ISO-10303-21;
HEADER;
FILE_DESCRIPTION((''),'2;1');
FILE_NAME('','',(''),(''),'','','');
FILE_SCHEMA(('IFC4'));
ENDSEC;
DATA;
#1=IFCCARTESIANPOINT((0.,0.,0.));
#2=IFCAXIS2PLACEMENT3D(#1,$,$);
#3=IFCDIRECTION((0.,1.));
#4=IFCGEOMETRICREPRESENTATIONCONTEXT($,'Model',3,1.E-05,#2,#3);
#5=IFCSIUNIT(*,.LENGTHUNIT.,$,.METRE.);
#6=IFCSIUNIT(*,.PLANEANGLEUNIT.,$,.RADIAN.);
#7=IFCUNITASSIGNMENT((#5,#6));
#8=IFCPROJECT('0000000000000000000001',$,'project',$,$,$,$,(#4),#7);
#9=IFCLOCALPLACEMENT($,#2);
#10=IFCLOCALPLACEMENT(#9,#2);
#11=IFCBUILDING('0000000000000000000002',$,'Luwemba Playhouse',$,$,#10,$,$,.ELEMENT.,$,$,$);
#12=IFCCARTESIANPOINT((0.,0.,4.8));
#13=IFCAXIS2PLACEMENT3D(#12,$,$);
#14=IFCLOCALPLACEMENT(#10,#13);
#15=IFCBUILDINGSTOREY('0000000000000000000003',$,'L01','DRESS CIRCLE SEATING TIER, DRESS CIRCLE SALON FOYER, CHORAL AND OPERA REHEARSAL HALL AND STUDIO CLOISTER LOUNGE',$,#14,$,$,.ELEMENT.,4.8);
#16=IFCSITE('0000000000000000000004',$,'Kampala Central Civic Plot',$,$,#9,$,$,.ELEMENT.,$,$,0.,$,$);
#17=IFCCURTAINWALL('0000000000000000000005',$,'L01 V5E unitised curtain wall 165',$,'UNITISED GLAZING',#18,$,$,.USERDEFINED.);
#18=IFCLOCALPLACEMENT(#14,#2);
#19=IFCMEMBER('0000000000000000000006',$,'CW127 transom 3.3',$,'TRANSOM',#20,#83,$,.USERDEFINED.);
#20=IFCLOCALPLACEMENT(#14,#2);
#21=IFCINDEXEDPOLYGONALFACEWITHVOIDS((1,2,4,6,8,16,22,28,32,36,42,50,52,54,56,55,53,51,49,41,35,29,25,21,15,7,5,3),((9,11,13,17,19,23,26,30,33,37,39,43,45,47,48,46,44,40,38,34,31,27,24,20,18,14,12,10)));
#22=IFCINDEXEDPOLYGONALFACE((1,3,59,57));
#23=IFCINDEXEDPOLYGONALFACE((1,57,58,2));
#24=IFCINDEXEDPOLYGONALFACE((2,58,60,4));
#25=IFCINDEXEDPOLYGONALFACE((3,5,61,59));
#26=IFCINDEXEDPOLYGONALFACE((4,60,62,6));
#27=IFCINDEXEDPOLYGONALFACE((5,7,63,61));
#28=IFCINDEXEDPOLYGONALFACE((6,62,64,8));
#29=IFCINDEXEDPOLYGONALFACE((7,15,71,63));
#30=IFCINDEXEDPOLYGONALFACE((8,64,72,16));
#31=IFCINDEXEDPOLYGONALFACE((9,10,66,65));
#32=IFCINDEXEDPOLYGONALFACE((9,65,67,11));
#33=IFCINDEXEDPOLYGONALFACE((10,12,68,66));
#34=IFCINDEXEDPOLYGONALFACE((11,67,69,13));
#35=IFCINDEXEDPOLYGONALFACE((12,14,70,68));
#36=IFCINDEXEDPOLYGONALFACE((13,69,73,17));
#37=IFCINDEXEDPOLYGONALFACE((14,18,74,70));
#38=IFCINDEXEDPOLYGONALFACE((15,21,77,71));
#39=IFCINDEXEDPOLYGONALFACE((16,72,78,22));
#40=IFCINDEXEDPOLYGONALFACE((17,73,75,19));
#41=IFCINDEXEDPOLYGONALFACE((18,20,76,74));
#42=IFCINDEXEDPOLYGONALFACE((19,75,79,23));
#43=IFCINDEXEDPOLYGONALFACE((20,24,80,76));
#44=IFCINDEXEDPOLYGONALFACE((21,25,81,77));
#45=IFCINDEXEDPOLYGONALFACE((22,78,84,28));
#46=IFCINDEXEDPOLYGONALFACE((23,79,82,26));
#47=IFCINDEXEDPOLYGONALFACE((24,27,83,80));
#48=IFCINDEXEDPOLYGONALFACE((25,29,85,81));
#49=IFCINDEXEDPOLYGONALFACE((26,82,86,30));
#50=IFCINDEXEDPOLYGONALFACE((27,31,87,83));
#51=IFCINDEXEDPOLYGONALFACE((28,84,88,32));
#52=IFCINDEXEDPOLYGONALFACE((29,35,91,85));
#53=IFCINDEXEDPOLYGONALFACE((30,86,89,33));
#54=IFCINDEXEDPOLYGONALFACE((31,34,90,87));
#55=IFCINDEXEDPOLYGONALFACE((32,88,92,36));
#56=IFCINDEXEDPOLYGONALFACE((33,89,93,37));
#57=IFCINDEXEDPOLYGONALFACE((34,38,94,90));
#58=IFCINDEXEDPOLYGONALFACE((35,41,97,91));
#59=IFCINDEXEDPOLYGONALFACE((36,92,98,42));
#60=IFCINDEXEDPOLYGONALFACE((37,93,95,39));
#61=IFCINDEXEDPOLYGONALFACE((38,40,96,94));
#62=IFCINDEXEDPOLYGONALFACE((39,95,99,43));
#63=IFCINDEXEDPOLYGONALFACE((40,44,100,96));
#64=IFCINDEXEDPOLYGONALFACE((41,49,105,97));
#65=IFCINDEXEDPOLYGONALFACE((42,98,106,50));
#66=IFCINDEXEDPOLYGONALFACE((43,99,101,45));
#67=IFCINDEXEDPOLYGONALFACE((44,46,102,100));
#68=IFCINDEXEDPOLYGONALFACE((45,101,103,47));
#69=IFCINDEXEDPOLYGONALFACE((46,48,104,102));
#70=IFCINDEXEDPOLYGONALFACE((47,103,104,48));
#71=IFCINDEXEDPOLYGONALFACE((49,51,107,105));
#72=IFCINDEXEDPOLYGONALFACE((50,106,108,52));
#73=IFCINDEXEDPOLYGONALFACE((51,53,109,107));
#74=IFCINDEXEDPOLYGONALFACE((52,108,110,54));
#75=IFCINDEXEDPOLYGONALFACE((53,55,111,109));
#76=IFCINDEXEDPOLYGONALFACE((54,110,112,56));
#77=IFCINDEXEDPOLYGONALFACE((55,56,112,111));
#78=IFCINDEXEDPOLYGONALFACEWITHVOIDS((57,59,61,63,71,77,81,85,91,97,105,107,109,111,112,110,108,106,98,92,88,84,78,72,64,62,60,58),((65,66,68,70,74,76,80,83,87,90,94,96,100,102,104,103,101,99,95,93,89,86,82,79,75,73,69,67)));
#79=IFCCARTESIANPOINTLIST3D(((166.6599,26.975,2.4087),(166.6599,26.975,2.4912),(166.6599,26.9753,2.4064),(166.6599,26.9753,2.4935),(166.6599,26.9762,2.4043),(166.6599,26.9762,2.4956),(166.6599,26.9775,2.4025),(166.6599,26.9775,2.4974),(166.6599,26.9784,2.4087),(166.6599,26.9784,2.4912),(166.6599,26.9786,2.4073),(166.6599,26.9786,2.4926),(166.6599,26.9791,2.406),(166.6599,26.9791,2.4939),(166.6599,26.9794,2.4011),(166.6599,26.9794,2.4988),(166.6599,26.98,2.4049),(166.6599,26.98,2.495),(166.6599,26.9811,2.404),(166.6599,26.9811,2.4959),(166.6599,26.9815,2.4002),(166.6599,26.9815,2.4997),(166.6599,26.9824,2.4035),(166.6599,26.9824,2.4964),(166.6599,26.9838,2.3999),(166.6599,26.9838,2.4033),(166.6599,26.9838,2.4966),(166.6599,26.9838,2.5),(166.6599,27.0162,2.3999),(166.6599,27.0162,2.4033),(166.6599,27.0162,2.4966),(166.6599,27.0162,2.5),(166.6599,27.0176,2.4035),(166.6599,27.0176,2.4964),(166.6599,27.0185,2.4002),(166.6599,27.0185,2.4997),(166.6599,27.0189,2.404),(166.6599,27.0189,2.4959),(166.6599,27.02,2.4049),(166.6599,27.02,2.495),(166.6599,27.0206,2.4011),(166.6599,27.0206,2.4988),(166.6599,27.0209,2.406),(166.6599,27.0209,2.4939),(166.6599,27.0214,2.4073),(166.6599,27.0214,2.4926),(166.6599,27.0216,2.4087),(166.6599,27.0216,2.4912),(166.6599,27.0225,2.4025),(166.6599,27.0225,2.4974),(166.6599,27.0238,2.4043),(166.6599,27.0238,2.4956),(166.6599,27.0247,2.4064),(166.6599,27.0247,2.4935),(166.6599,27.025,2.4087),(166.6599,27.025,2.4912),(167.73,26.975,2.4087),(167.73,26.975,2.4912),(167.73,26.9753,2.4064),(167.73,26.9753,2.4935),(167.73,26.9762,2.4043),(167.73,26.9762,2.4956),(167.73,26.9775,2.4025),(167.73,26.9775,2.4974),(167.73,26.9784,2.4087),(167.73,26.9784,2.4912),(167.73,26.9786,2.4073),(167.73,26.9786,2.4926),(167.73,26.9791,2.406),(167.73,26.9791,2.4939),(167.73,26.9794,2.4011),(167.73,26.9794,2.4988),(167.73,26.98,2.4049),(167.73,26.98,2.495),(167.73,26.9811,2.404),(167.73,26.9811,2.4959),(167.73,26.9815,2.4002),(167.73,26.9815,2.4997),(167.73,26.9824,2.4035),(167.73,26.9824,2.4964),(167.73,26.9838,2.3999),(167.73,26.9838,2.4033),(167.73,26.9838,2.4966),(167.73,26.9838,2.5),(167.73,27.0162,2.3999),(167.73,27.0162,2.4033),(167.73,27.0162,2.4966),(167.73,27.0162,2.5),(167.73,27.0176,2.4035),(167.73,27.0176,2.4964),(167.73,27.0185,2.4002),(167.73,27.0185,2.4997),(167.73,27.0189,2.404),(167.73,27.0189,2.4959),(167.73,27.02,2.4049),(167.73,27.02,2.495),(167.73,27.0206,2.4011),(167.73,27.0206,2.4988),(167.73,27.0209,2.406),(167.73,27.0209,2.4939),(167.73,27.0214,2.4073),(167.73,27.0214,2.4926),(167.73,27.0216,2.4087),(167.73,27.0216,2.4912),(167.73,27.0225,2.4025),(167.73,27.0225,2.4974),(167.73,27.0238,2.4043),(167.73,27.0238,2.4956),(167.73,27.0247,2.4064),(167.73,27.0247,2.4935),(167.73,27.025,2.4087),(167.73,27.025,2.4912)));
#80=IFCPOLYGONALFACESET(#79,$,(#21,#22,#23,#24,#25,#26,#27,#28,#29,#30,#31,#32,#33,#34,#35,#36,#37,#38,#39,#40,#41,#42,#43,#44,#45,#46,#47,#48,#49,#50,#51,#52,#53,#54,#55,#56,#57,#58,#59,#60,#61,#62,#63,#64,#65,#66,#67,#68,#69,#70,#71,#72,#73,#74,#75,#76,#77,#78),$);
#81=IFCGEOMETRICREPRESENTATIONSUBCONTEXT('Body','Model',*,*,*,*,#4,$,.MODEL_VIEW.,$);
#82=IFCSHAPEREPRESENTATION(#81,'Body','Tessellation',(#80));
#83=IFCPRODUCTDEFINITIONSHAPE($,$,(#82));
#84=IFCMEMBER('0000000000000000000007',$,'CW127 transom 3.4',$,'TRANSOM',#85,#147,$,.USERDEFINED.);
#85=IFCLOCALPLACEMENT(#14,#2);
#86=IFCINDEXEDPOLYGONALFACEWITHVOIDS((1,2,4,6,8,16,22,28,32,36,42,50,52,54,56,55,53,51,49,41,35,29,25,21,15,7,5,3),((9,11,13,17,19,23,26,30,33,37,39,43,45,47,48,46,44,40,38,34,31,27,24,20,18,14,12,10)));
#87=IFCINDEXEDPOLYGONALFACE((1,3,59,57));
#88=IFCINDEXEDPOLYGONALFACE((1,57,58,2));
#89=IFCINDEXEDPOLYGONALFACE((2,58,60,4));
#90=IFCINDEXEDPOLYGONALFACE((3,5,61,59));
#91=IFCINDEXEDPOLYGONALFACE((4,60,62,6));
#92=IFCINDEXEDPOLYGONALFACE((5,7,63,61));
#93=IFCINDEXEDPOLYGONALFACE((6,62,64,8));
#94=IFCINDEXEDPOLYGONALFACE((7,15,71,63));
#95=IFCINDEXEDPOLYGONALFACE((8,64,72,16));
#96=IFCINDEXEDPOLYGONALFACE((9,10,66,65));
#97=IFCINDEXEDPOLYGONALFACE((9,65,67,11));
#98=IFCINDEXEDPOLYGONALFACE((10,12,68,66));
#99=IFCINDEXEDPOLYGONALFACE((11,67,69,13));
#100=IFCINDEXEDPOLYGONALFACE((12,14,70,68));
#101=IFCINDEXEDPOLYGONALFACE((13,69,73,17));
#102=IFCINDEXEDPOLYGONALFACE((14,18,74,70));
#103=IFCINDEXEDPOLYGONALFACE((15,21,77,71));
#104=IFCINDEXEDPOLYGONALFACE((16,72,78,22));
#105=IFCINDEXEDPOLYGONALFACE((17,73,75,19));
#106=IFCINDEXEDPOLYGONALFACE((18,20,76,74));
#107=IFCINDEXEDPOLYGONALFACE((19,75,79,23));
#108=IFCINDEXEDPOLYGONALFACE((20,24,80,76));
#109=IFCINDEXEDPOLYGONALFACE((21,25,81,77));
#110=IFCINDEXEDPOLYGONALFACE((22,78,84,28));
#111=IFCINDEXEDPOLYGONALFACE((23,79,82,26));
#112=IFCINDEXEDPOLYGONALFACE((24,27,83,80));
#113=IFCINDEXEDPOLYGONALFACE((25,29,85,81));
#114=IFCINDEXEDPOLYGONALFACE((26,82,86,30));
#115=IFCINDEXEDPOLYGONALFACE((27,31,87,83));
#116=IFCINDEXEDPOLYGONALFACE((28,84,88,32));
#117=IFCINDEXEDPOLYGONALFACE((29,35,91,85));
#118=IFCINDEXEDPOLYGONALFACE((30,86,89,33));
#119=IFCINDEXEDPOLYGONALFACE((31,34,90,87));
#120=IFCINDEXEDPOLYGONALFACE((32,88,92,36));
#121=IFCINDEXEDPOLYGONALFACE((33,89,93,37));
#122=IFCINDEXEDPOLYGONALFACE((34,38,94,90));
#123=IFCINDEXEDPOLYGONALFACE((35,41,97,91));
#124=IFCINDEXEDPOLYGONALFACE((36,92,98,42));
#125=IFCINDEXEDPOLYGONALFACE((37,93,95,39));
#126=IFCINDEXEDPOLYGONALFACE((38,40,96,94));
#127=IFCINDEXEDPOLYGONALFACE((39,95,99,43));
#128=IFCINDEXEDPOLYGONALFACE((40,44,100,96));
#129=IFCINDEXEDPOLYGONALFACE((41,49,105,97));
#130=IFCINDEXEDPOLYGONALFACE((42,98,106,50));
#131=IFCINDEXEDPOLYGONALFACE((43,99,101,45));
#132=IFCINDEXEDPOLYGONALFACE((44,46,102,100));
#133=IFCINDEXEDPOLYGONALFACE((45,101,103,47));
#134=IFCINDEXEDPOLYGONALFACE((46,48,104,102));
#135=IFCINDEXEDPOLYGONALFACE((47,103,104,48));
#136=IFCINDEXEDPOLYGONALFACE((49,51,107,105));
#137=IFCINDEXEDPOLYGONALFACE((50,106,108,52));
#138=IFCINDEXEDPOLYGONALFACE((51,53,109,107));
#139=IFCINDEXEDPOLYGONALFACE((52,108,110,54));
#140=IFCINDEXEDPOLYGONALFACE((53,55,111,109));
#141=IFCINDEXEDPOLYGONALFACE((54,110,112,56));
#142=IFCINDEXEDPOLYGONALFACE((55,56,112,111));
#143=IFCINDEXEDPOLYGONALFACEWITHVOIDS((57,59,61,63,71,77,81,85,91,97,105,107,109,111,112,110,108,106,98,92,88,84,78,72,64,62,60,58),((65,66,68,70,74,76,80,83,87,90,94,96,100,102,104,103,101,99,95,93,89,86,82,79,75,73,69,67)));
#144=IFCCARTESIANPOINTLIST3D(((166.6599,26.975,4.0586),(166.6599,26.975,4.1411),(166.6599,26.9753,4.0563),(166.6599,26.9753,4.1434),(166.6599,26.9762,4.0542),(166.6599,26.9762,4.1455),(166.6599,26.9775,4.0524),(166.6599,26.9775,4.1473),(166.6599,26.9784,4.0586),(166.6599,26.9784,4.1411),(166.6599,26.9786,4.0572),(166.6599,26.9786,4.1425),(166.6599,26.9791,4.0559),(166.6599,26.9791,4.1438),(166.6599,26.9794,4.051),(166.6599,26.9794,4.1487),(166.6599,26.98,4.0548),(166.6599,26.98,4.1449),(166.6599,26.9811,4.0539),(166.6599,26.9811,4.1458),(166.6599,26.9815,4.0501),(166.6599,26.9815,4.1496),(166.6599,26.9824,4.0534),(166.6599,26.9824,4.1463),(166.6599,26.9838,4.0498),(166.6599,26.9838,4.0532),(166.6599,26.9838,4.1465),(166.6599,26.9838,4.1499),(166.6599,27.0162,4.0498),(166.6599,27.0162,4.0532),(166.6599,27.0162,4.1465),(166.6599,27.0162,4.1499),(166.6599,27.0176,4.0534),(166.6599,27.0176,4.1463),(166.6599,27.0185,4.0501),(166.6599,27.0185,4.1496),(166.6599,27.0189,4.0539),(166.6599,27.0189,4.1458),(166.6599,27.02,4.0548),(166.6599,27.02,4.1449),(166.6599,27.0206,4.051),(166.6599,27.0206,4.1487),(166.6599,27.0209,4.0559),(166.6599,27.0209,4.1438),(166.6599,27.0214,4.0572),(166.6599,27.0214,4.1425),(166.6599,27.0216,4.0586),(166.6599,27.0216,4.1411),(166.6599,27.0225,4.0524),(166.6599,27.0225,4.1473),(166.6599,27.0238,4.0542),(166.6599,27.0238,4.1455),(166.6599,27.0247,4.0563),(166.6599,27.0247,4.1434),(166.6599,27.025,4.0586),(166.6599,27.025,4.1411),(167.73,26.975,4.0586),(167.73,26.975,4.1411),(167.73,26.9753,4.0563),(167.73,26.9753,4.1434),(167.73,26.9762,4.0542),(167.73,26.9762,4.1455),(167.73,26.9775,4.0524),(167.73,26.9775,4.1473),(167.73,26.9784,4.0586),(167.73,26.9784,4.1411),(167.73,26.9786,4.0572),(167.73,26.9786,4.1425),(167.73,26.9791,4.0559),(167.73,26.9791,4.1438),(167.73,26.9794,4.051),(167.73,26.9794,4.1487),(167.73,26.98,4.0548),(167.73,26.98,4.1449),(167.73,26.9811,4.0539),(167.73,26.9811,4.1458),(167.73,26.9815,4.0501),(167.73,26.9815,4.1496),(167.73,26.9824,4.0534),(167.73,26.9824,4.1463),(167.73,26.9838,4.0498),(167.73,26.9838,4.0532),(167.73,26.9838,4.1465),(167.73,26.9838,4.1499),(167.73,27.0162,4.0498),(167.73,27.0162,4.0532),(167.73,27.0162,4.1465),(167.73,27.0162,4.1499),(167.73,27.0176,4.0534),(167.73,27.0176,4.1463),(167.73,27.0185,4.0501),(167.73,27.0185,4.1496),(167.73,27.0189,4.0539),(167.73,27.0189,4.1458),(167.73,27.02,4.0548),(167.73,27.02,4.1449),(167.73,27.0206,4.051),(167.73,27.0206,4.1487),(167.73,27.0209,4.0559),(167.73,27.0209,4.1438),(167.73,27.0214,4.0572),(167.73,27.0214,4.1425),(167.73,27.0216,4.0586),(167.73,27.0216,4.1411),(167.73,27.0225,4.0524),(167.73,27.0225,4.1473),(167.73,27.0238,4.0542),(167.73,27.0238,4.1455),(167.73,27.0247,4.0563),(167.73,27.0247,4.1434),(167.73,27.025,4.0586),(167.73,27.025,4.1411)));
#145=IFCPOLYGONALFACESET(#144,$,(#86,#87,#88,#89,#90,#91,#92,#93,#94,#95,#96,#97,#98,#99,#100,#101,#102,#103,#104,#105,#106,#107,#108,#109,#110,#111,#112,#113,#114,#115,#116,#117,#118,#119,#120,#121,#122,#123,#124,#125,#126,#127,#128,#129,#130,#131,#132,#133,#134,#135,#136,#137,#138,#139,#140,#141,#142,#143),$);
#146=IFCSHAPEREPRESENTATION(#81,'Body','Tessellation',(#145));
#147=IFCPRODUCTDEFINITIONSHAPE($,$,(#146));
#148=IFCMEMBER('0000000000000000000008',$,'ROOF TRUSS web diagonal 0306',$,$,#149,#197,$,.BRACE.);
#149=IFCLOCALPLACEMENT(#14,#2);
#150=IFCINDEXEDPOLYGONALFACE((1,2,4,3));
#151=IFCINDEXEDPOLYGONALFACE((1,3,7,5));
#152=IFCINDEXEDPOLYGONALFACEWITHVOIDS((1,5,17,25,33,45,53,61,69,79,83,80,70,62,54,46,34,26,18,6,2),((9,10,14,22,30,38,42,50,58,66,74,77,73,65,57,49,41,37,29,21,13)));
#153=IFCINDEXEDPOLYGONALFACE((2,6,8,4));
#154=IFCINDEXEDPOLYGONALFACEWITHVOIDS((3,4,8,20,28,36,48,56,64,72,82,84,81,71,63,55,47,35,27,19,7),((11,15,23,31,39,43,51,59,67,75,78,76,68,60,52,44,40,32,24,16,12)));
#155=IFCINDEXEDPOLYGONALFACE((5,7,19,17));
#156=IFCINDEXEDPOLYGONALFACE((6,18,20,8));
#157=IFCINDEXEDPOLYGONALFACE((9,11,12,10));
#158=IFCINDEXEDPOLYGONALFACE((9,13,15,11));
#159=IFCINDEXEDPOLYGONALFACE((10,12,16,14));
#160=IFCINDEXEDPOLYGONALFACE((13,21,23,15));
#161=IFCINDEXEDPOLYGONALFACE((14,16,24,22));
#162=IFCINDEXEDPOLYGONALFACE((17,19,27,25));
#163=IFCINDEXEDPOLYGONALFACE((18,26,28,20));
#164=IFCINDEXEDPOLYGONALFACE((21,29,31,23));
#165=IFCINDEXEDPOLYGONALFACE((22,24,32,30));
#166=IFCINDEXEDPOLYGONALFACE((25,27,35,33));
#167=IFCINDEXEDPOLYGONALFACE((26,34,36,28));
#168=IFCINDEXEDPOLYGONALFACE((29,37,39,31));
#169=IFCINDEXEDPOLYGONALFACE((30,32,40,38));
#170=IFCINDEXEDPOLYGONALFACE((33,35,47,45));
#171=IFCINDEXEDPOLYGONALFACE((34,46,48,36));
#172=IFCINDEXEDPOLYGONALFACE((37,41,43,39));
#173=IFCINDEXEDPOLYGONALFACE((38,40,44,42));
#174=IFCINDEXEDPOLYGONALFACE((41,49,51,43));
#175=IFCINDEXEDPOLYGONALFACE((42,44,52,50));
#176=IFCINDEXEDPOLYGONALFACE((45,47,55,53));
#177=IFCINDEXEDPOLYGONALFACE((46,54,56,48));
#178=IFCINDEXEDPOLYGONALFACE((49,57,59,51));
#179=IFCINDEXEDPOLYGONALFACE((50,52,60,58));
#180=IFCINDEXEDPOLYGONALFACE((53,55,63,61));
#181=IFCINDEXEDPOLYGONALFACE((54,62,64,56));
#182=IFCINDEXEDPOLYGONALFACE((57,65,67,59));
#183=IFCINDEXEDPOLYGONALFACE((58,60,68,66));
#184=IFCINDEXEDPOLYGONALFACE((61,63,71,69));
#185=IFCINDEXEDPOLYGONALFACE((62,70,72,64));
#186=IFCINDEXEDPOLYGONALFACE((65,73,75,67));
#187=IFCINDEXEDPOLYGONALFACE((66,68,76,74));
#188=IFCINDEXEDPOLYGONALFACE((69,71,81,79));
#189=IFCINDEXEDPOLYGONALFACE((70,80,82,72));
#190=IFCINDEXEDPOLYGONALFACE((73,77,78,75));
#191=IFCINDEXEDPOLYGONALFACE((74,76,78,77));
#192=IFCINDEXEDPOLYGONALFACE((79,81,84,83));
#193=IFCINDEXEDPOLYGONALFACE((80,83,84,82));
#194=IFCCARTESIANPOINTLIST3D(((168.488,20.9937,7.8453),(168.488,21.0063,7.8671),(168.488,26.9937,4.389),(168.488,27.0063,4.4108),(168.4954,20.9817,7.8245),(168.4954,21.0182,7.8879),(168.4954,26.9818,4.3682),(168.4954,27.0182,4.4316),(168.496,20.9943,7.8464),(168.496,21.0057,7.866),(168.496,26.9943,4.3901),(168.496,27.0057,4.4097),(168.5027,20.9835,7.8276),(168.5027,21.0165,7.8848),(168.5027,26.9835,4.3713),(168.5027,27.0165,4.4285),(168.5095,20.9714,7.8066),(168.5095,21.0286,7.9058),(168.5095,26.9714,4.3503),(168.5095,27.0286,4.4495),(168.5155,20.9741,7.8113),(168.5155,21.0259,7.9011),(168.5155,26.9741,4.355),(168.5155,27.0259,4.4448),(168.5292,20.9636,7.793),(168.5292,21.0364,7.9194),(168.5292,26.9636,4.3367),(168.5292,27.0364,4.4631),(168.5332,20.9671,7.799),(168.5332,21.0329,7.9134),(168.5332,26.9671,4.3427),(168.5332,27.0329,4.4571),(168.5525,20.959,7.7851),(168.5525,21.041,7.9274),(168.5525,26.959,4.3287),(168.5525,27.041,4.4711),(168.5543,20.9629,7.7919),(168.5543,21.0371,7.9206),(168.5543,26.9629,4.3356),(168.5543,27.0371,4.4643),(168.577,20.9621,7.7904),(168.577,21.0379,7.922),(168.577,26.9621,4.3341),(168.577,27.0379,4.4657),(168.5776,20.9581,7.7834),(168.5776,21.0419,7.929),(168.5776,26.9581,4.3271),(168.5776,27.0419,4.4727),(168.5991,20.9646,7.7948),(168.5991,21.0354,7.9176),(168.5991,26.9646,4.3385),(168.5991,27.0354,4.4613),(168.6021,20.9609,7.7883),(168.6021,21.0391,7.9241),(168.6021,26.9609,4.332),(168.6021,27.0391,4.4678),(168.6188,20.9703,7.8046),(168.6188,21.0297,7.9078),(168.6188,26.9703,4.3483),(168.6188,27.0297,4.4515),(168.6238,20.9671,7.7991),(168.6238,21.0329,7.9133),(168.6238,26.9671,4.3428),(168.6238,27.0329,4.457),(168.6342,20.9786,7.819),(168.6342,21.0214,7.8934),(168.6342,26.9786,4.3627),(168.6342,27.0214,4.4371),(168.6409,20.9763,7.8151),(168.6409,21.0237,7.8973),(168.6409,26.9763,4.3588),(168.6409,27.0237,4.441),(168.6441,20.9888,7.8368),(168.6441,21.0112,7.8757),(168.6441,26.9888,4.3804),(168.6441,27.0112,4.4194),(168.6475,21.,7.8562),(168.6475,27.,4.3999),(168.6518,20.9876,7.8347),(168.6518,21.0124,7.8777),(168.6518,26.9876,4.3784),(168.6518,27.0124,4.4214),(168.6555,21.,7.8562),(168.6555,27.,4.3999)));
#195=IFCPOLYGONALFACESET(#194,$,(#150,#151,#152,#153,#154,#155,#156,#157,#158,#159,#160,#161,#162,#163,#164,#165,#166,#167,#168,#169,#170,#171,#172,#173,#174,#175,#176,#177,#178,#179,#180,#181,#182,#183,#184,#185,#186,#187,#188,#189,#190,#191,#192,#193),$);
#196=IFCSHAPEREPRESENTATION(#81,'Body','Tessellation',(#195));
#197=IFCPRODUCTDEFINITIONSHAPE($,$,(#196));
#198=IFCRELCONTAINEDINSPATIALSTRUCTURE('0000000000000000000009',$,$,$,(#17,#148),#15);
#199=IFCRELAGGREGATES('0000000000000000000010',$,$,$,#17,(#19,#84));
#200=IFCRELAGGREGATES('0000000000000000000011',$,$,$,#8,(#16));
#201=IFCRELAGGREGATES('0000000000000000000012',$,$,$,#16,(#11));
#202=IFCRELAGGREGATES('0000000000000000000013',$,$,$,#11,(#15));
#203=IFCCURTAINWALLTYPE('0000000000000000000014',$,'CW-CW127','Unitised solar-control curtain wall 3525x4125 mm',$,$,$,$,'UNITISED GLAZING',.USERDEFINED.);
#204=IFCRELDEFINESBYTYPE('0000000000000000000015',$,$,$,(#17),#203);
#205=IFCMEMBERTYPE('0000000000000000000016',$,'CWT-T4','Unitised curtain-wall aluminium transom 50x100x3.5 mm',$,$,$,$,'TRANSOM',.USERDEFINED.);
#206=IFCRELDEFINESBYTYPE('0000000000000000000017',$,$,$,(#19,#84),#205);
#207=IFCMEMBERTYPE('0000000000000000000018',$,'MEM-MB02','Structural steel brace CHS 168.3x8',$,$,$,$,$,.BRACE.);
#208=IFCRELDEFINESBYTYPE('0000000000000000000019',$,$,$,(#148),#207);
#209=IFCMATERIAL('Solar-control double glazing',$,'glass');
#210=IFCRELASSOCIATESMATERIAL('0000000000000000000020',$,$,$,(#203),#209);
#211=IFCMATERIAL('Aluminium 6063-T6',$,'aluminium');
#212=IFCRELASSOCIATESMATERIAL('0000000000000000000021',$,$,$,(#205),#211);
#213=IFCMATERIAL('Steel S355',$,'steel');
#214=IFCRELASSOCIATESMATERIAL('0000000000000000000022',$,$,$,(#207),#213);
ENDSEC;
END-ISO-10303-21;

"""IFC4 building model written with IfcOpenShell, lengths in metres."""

from ifc_helpers import new_model, si_unit, direction, frame, origin, origin_2d, place, context, subcontext, project, spatial, hollow_rectangle, hollow_circle, extrude, material, material_profile, profile_set, type_object, element, aggregate, save


model = new_model("IFC4")

# Units and contexts
model_context = context("Model", 3, precision=1e-05, world=origin(), true_north=direction((0.0, 1.0)))
body_context = subcontext(model_context, "Body", "Model", "MODEL_VIEW")
ifc_project = project(units=[si_unit("LENGTHUNIT", "METRE"), si_unit("PLANEANGLEUNIT", "RADIAN")], contexts=[model_context])

# Site, building, storey
site_placement = place(None, origin())
site = spatial("IfcSite", under=ifc_project, at=site_placement, Name="Kampala Central Civic Plot", CompositionType="ELEMENT", RefElevation=0.0)
building_placement = place(site_placement, origin())
building = spatial("IfcBuilding", under=site, at=building_placement, Name="Luwemba Playhouse", CompositionType="ELEMENT")
storey_placement = place(building_placement, frame((0.0, 0.0, 4.8)))
storey = spatial("IfcBuildingStorey", under=building, at=storey_placement, Name="L01", Description="DRESS CIRCLE SEATING TIER, DRESS CIRCLE SALON FOYER, CHORAL AND OPERA REHEARSAL HALL AND STUDIO CLOISTER LOUNGE", CompositionType="ELEMENT", Elevation=4.8)

# Shared definitions
ifc_material_1 = material(Name="Steel S355", Category="steel")

# Shared definitions
ifc_material_2 = material(Name="Solar-control double glazing", Category="glass")
ifc_material_3 = material(Name="Aluminium 6063-T6", Category="aluminium")

# Curtain wall
curtain_wall_type_1 = type_object("IfcCurtainWallType", Name="CW-CW127", Description="Unitised solar-control curtain wall 3525x4125 mm", ElementType="UNITISED GLAZING", PredefinedType="USERDEFINED", material=ifc_material_2)
curtain_wall_1_placement = place(storey_placement, origin())
curtain_wall_1 = element("IfcCurtainWall", 1, at=curtain_wall_1_placement, inside=storey, type_object=curtain_wall_type_1, Name="L01 V5E unitised curtain wall 165", ObjectType="UNITISED GLAZING", PredefinedType="USERDEFINED")

# Members
ifc_material_profile_1 = material_profile(ifc_material_3, hollow_rectangle(XDim=0.05, YDim=0.1001, WallThickness=0.0034, InnerFilletRadius=0.0054, OuterFilletRadius=0.0088, at=origin_2d()))
ifc_profile_set_1 = profile_set([ifc_material_profile_1], Name="Aluminium 6063-T6")
member_type_1 = type_object("IfcMemberType", Name="CWT-T4", Description="Unitised curtain-wall aluminium transom 50x100x3.5 mm", ElementType="TRANSOM", PredefinedType="USERDEFINED", material=ifc_profile_set_1)
member_1_placement = place(storey_placement, frame((166.6599, 27.0, 2.45), z_axis=(1.0, 0.0, 0.0), x_axis=(0.0, 1.0, 0.0)))
member_1 = element("IfcMember", 2, at=member_1_placement, type_object=member_type_1, Name="CW127 transom 3.3", ObjectType="TRANSOM", PredefinedType="USERDEFINED", context=body_context, shape_type="SweptSolid", body=[
    extrude(hollow_rectangle(XDim=0.05, YDim=0.1001, WallThickness=0.0034, InnerFilletRadius=0.0054, OuterFilletRadius=0.0088, at=origin_2d()), origin(), (0.0, 0.0, 1.0), 1.0701),
])
member_2_placement = place(storey_placement, frame((166.6599, 27.0, 4.0999), z_axis=(1.0, 0.0, 0.0), x_axis=(0.0, 1.0, 0.0)))
member_2 = element("IfcMember", 3, at=member_2_placement, type_object=member_type_1, Name="CW127 transom 3.4", ObjectType="TRANSOM", PredefinedType="USERDEFINED", context=body_context, shape_type="SweptSolid", body=[
    extrude(hollow_rectangle(XDim=0.05, YDim=0.1001, WallThickness=0.0034, InnerFilletRadius=0.0054, OuterFilletRadius=0.0088, at=origin_2d()), origin(), (0.0, 0.0, 1.0), 1.0701),
])

# Member
ifc_material_profile_2 = material_profile(ifc_material_1, hollow_circle(Radius=0.0842, WallThickness=0.0081, at=origin_2d()))
ifc_profile_set_2 = profile_set([ifc_material_profile_2], Name="Steel S355")
member_type_2 = type_object("IfcMemberType", Name="MEM-MB02", Description="Structural steel brace CHS 168.3x8", PredefinedType="BRACE", material=ifc_profile_set_2)
member_3_placement = place(storey_placement, frame((168.5713, 27.0, 4.3999), z_axis=(0.0, -0.866513, 0.499155), x_axis=(1.0, 0.0, 0.0)))
element("IfcMember", 4, at=member_3_placement, inside=storey, type_object=member_type_2, Name="ROOF TRUSS web diagonal 0306", PredefinedType="BRACE", context=body_context, shape_type="SweptSolid", body=[
    extrude(hollow_circle(Radius=0.0842, WallThickness=0.0081, at=origin_2d()), origin(), (0.0, 0.0, 1.0), 6.9243),
])

aggregate(curtain_wall_1, [member_1, member_2])

save(model, "model.ifc")
